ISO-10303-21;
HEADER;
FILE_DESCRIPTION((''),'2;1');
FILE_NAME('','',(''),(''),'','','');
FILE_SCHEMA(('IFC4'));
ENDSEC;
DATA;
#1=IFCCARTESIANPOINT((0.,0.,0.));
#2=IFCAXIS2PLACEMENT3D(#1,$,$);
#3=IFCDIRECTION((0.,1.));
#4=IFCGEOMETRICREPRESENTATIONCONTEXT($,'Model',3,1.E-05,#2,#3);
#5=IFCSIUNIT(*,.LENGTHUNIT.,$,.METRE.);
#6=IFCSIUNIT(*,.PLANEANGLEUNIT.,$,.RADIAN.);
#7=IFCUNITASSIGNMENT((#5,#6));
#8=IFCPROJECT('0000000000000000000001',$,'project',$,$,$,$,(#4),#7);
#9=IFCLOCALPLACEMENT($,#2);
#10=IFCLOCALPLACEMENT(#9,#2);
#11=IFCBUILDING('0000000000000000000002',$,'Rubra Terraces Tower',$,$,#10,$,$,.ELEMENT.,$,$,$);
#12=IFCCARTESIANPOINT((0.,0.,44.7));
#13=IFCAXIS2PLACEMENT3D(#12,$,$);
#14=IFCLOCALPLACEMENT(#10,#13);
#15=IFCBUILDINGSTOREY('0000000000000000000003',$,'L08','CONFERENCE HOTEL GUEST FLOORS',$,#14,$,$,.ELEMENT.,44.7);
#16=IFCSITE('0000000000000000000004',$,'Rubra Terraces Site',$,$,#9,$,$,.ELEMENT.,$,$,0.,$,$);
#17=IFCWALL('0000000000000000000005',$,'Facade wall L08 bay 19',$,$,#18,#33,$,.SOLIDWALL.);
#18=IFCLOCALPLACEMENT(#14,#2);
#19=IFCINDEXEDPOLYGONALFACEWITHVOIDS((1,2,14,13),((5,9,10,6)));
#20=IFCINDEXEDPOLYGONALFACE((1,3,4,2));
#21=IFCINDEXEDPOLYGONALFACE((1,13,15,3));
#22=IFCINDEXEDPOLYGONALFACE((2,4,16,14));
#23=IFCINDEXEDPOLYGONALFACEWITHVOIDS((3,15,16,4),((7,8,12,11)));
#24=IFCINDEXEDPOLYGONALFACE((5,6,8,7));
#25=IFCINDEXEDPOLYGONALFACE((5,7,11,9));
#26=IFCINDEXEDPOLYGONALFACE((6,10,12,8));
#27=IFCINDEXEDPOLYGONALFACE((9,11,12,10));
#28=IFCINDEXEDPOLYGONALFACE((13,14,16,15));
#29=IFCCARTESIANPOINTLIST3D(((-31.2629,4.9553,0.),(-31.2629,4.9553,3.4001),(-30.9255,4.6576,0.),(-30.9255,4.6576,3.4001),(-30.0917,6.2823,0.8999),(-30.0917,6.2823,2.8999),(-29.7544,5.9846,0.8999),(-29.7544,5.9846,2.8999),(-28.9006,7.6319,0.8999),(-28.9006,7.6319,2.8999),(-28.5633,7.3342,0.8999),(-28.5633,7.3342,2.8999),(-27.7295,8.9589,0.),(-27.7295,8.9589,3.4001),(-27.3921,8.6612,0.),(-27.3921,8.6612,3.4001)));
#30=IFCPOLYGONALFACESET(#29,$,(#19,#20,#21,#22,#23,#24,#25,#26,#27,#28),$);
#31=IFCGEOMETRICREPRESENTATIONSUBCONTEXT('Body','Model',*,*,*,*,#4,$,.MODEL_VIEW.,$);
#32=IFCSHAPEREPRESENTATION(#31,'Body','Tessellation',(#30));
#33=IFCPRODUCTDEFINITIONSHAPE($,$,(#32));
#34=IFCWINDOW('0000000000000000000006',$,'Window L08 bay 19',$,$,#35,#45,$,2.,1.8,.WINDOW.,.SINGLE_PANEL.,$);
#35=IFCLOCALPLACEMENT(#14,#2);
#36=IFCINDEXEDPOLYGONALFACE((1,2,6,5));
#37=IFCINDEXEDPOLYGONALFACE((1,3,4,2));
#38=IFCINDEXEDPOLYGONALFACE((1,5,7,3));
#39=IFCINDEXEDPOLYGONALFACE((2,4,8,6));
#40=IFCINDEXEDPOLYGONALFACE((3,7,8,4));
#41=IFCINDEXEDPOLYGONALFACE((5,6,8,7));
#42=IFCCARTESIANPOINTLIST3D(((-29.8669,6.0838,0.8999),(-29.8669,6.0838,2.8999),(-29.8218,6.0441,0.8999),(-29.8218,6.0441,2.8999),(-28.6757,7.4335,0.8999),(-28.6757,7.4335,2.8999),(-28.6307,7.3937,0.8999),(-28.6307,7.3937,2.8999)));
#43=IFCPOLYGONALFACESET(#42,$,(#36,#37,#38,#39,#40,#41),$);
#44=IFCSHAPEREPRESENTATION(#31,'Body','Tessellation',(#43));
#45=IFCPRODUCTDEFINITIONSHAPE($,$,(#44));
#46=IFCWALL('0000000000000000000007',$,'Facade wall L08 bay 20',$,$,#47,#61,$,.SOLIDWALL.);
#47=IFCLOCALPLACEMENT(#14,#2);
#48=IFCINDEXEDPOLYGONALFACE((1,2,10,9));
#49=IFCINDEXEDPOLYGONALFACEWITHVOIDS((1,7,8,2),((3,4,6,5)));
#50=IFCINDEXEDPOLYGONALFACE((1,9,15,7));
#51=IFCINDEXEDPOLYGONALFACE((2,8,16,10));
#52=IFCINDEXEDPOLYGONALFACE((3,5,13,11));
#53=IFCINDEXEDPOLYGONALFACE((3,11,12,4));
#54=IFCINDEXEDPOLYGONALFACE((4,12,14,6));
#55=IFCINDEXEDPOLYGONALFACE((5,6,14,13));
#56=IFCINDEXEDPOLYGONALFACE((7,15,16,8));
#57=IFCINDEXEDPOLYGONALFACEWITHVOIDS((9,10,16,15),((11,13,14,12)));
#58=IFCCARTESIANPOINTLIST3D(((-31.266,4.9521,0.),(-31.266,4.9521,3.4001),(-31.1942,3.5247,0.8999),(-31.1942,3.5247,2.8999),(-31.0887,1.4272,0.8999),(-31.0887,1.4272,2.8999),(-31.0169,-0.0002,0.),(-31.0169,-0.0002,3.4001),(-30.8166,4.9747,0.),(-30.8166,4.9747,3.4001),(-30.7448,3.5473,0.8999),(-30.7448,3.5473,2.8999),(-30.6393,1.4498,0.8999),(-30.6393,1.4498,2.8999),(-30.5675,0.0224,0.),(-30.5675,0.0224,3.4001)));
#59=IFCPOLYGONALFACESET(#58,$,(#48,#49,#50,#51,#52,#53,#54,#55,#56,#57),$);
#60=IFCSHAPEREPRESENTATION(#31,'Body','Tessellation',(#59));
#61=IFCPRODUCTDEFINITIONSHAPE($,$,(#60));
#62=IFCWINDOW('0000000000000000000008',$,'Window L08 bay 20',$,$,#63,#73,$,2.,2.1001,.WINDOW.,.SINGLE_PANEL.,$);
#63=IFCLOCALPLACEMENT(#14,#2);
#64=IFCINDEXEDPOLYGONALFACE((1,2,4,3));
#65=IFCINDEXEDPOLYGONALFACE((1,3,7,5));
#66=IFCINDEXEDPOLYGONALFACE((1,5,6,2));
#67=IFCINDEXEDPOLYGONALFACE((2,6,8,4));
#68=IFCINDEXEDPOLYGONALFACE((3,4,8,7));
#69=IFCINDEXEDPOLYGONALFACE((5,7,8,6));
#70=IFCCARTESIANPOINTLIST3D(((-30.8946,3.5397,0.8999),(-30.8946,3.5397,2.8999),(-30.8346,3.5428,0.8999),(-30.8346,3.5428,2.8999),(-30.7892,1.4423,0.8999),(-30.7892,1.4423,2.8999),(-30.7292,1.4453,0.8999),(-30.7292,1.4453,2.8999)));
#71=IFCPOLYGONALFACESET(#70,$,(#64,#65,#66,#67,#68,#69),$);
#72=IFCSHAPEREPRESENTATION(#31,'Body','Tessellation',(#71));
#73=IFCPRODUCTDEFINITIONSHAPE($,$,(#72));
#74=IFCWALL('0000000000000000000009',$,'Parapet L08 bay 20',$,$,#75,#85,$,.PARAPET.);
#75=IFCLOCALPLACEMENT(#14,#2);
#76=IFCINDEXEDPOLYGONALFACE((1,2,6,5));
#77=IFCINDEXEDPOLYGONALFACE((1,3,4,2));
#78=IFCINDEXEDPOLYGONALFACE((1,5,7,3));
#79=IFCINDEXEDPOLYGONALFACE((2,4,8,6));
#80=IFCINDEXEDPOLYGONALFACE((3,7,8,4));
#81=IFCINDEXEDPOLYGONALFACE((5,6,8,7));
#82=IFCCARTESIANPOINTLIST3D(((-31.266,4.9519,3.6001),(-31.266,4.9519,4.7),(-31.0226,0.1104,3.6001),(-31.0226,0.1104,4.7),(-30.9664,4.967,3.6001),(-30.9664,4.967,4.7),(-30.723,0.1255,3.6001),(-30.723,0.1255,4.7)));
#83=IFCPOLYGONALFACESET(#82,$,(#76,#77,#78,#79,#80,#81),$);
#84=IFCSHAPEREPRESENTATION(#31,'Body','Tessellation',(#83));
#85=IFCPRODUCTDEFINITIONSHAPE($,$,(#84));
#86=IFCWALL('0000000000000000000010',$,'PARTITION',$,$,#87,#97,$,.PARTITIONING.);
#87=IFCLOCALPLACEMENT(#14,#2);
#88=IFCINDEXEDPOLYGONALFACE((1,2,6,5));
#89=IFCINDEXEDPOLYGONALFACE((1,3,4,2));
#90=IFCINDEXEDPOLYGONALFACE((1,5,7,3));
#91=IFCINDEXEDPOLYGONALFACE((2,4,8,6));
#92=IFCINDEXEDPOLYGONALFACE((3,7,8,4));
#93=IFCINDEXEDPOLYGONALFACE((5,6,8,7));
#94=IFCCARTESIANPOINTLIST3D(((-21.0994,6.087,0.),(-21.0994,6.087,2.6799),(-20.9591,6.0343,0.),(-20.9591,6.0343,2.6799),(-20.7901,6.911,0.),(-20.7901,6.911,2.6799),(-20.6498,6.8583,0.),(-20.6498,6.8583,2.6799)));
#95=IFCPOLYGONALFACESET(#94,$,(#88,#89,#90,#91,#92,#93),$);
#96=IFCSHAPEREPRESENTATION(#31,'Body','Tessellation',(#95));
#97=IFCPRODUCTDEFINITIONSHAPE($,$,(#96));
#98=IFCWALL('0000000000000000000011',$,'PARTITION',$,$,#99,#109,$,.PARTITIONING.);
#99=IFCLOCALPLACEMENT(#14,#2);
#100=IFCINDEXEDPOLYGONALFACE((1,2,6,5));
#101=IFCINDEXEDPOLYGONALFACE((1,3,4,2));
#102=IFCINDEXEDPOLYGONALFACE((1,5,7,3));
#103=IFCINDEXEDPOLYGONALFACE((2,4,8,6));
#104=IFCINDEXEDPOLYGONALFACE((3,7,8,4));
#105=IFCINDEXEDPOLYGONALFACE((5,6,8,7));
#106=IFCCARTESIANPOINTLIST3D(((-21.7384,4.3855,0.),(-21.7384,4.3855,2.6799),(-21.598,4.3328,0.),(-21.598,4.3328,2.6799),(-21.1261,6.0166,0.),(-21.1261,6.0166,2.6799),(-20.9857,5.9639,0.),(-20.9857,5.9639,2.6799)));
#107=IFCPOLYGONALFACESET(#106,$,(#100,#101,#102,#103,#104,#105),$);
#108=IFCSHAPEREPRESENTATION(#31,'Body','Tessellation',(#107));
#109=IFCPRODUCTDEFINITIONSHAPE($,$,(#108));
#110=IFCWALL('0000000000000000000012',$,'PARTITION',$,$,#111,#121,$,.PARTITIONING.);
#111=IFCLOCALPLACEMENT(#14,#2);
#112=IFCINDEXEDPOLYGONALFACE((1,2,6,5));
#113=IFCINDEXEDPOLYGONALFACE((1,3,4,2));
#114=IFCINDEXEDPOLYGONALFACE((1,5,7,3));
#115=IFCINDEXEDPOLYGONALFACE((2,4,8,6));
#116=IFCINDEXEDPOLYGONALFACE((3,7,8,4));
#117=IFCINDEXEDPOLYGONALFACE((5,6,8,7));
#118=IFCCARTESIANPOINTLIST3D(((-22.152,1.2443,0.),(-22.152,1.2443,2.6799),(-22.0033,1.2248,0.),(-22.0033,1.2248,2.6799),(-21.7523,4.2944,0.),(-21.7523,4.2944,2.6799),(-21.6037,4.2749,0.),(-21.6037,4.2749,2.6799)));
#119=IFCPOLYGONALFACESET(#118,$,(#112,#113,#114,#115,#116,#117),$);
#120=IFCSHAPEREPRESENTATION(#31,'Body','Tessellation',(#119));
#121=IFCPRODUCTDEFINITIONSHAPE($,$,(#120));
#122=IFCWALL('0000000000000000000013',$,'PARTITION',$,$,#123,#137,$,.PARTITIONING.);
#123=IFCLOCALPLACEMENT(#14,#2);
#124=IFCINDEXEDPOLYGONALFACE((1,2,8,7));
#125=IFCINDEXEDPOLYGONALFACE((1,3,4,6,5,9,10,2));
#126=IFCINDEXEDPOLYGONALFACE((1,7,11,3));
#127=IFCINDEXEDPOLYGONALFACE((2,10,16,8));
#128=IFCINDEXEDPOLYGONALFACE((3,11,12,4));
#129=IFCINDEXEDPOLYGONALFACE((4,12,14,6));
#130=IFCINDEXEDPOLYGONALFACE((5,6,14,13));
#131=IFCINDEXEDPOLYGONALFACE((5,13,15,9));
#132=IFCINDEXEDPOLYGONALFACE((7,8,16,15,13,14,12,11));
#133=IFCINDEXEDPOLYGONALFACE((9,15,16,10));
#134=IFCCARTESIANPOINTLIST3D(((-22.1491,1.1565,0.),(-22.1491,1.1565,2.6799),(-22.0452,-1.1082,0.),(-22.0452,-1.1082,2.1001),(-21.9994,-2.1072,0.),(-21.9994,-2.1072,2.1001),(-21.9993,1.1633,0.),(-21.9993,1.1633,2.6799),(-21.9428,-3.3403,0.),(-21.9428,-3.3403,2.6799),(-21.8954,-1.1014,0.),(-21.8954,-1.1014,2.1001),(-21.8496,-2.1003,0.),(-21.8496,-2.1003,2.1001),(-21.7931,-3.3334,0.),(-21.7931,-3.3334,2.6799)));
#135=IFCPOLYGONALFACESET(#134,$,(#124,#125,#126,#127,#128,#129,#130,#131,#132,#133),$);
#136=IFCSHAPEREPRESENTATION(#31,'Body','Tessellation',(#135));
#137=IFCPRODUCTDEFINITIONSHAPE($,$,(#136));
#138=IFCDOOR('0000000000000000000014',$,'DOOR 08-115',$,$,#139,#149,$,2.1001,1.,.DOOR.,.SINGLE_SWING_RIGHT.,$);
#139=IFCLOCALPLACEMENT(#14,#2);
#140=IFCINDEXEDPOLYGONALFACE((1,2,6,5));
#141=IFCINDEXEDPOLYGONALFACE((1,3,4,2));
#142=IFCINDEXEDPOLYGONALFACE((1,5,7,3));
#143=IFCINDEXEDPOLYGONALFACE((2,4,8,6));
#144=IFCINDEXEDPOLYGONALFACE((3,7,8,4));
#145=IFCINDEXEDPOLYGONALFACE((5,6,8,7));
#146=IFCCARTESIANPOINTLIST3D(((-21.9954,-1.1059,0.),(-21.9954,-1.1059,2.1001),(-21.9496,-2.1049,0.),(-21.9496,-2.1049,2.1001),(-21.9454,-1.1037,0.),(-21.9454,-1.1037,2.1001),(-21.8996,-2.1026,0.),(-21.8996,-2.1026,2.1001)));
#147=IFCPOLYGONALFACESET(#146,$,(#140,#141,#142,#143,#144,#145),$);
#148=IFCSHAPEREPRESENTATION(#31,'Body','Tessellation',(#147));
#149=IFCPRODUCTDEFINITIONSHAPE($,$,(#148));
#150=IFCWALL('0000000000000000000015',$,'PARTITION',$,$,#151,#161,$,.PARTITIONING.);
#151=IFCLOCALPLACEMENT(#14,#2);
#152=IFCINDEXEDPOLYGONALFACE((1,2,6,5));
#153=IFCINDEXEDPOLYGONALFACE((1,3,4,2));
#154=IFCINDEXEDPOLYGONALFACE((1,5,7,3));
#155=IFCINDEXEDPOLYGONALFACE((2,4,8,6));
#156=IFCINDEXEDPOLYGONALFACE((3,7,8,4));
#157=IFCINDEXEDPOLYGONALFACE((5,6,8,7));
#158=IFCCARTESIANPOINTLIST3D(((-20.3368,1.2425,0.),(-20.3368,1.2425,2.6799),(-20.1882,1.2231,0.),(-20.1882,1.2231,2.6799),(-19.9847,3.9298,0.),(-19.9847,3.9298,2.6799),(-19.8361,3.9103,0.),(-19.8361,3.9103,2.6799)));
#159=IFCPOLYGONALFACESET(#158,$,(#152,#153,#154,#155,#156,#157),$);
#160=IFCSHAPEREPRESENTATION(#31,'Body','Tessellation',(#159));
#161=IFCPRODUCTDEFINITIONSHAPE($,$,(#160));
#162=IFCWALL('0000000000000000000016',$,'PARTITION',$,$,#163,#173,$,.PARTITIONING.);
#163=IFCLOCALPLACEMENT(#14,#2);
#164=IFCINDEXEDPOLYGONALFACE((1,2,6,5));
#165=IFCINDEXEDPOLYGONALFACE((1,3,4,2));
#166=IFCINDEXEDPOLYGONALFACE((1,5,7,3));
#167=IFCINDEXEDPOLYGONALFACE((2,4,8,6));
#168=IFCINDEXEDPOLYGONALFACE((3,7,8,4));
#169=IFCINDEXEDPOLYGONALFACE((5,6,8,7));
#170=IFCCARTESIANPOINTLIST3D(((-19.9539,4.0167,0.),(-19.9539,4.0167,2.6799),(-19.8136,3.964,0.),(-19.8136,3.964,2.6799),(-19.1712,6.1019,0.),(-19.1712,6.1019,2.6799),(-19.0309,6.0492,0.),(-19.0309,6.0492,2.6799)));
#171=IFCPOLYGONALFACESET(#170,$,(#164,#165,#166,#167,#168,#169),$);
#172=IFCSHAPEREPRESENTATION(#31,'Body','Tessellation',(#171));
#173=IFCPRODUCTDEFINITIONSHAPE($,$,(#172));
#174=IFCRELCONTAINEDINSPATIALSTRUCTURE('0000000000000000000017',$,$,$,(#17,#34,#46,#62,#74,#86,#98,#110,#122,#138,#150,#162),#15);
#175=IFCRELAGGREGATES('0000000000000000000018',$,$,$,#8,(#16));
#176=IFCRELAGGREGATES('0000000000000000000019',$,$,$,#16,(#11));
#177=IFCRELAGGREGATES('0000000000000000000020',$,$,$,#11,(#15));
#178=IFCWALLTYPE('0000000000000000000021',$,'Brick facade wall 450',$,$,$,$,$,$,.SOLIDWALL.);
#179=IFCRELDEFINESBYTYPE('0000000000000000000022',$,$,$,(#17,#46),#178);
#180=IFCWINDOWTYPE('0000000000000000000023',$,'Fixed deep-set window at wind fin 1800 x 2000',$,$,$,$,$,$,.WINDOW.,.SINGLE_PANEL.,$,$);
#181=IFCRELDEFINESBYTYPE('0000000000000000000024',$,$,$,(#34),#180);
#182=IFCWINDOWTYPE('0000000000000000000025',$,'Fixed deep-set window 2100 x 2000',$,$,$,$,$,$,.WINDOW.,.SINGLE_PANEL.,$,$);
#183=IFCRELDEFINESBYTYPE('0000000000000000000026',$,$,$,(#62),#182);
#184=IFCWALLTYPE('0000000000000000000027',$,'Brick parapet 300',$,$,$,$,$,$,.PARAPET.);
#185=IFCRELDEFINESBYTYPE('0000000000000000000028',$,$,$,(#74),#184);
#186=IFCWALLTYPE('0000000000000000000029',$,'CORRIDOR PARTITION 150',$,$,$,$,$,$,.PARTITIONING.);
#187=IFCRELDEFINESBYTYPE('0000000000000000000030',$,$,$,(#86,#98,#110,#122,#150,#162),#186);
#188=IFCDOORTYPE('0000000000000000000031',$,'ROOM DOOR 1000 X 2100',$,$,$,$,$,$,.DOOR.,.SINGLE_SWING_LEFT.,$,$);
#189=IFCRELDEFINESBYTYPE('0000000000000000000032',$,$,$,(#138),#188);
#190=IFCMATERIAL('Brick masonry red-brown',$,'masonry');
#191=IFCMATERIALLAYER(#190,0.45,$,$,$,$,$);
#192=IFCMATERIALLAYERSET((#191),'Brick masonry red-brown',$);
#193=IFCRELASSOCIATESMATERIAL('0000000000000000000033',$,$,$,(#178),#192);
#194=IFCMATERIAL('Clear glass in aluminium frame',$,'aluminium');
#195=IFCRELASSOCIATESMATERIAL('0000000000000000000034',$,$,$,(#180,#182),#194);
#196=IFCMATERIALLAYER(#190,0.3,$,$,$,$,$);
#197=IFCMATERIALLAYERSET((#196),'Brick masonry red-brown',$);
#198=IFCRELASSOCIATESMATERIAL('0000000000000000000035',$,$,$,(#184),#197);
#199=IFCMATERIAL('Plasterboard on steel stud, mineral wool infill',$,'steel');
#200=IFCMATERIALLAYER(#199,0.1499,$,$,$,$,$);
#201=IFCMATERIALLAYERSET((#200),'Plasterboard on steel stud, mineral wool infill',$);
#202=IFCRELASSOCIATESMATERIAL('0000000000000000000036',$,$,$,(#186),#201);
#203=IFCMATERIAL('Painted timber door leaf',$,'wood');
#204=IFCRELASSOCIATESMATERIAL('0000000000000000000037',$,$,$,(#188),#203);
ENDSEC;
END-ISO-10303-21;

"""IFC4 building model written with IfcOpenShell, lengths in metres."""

from ifc_helpers import new_model, si_unit, direction, frame, frame_2d, origin, place, context, subcontext, project, spatial, rectangle, extrude, material, layer, layer_set, type_object, element, fill, save


model = new_model("IFC4")

# Units and contexts
model_context = context("Model", 3, precision=1e-05, world=origin(), true_north=direction((0.0, 1.0)))
body_context = subcontext(model_context, "Body", "Model", "MODEL_VIEW")
ifc_project = project(units=[si_unit("LENGTHUNIT", "METRE"), si_unit("PLANEANGLEUNIT", "RADIAN")], contexts=[model_context])

# Site, building, storey
site_placement = place(None, origin())
site = spatial("IfcSite", under=ifc_project, at=site_placement, Name="Rubra Terraces Site", CompositionType="ELEMENT", RefElevation=0.0)
building_placement = place(site_placement, origin())
building = spatial("IfcBuilding", under=site, at=building_placement, Name="Rubra Terraces Tower", CompositionType="ELEMENT")
storey_placement = place(building_placement, frame((0.0, 0.0, 44.7)))
storey = spatial("IfcBuildingStorey", under=building, at=storey_placement, Name="L08", Description="CONFERENCE HOTEL GUEST FLOORS", CompositionType="ELEMENT", Elevation=44.7)

# Walls, openings, windows
ifc_material_1 = material(Name="Brick masonry red-brown", Category="masonry")
ifc_layer_1 = layer(ifc_material_1, 0.45)
ifc_layer_set_1 = layer_set([ifc_layer_1], Name="Brick masonry red-brown")
wall_type_1 = type_object("IfcWallType", Name="Brick facade wall 450", PredefinedType="SOLIDWALL", material=ifc_layer_set_1)
wall_1_placement = place(storey_placement, frame((-27.5608, 8.8101, 0.0), z_axis=(0.0, 0.0, 1.0), x_axis=(-0.661706, -0.749763, 0.0)))
wall_1 = element("IfcWall", 1, at=wall_1_placement, inside=storey, type_object=wall_type_1, Name="Facade wall L08 bay 19", PredefinedType="SOLIDWALL", context=body_context, shape_type="SweptSolid", body=[
    extrude(rectangle(XDim=5.3398, YDim=0.45, at=frame_2d((2.6699, 0.0))), origin(), (0.0, 0.0, 1.0), 3.4001),
])
opening_1_placement = place(wall_1_placement, frame((1.77, 0.0, 0.8999)))
opening_1 = element("IfcOpeningElement", 2, at=opening_1_placement, cuts=wall_1, PredefinedType="OPENING", context=body_context, shape_type="SweptSolid", body=[
    extrude(rectangle(XDim=1.8, YDim=2.0, at=frame_2d((0.8999, 1.0))), frame((0.0, 0.2349, 0.0), z_axis=(0.0, -1.0, 0.0), x_axis=(1.0, 0.0, 0.0)), (0.0, 0.0, 1.0), 0.47),
])
ifc_material_2 = material(Name="Clear glass in aluminium frame", Category="aluminium")
window_type_1 = type_object("IfcWindowType", Name="Fixed deep-set window at wind fin 1800 x 2000", PartitioningType="SINGLE_PANEL", PredefinedType="WINDOW", material=ifc_material_2)
window_1_placement = place(opening_1_placement, origin())
window_1 = element("IfcWindow", 3, at=window_1_placement, inside=storey, type_object=window_type_1, Name="Window L08 bay 19", OverallHeight=2.0, OverallWidth=1.8, PartitioningType="SINGLE_PANEL", PredefinedType="WINDOW", context=body_context, shape_type="SweptSolid", body=[
    extrude(rectangle(XDim=1.8, YDim=2.0, at=frame_2d((0.8999, 1.0))), frame((0.0, 0.135, 0.0), z_axis=(0.0, -1.0, 0.0), x_axis=(1.0, 0.0, 0.0)), (0.0, 0.0, 1.0), 0.0601),
])
fill(opening_1, window_1)
wall_2_placement = place(storey_placement, frame((-31.0413, 4.9634, 0.0), z_axis=(0.0, 0.0, 1.0), x_axis=(0.050222, -0.998738, 0.0)))
wall_2 = element("IfcWall", 4, at=wall_2_placement, inside=storey, type_object=wall_type_1, Name="Facade wall L08 bay 20", PredefinedType="SOLIDWALL", context=body_context, shape_type="SweptSolid", body=[
    extrude(rectangle(XDim=4.9585, YDim=0.45, at=frame_2d((2.4792, 0.0))), origin(), (0.0, 0.0, 1.0), 3.4001),
])
opening_2_placement = place(wall_2_placement, frame((1.4292, 0.0, 0.8999)))
opening_2 = element("IfcOpeningElement", 5, at=opening_2_placement, cuts=wall_2, PredefinedType="OPENING", context=body_context, shape_type="SweptSolid", body=[
    extrude(rectangle(XDim=2.1001, YDim=2.0, at=frame_2d((1.05, 1.0))), frame((0.0, 0.2349, 0.0), z_axis=(0.0, -1.0, 0.0), x_axis=(1.0, 0.0, 0.0)), (0.0, 0.0, 1.0), 0.47),
])
window_type_2 = type_object("IfcWindowType", Name="Fixed deep-set window 2100 x 2000", PartitioningType="SINGLE_PANEL", PredefinedType="WINDOW", material=ifc_material_2)
window_2_placement = place(opening_2_placement, origin())
window_2 = element("IfcWindow", 6, at=window_2_placement, inside=storey, type_object=window_type_2, Name="Window L08 bay 20", OverallHeight=2.0, OverallWidth=2.1001, PartitioningType="SINGLE_PANEL", PredefinedType="WINDOW", context=body_context, shape_type="SweptSolid", body=[
    extrude(rectangle(XDim=2.1001, YDim=2.0, at=frame_2d((1.05, 1.0))), frame((0.0, 0.135, 0.0), z_axis=(0.0, -1.0, 0.0), x_axis=(1.0, 0.0, 0.0)), (0.0, 0.0, 1.0), 0.0601),
])
fill(opening_2, window_2)

# Walls
ifc_layer_2 = layer(ifc_material_1, 0.3)
ifc_layer_set_2 = layer_set([ifc_layer_2], Name="Brick masonry red-brown")
wall_type_2 = type_object("IfcWallType", Name="Brick parapet 300", PredefinedType="PARAPET", material=ifc_layer_set_2)
wall_3_placement = place(storey_placement, frame((-31.1162, 4.9595, 3.6001), z_axis=(0.0, 0.0, 1.0), x_axis=(0.050211, -0.998739, 0.0)))
element("IfcWall", 7, at=wall_3_placement, inside=storey, type_object=wall_type_2, Name="Parapet L08 bay 20", PredefinedType="PARAPET", context=body_context, shape_type="SweptSolid", body=[
    extrude(rectangle(XDim=4.8477, YDim=0.3, at=frame_2d((2.4238, 0.0))), origin(), (0.0, 0.0, 1.0), 1.0999),
])
ifc_material_3 = material(Name="Plasterboard on steel stud, mineral wool infill", Category="steel")
ifc_layer_3 = layer(ifc_material_3, 0.1499)
ifc_layer_set_3 = layer_set([ifc_layer_3], Name="Plasterboard on steel stud, mineral wool infill")
wall_type_3 = type_object("IfcWallType", Name="CORRIDOR PARTITION 150", PredefinedType="PARTITIONING", material=ifc_layer_set_3)
wall_4_placement = place(storey_placement, frame((-20.72, 6.8845, 0.0), z_axis=(0.0, 0.0, 1.0), x_axis=(-0.351458, -0.936204, 0.0)))
element("IfcWall", 8, at=wall_4_placement, inside=storey, type_object=wall_type_3, Name="PARTITION", PredefinedType="PARTITIONING", context=body_context, shape_type="SweptSolid", body=[
    extrude(rectangle(XDim=0.8801, YDim=0.1499, at=frame_2d((0.4399, 0.0))), origin(), (0.0, 0.0, 1.0), 2.6799),
])
wall_5_placement = place(storey_placement, frame((-21.0559, 5.9902, 0.0), z_axis=(0.0, 0.0, 1.0), x_axis=(-0.351446, -0.936208, 0.0)))
element("IfcWall", 9, at=wall_5_placement, inside=storey, type_object=wall_type_3, Name="PARTITION", PredefinedType="PARTITIONING", context=body_context, shape_type="SweptSolid", body=[
    extrude(rectangle(XDim=1.7422, YDim=0.1499, at=frame_2d((0.8711, 0.0))), origin(), (0.0, 0.0, 1.0), 2.6799),
])
wall_6_placement = place(storey_placement, frame((-21.678, 4.2847, 0.0), z_axis=(0.0, 0.0, 1.0), x_axis=(-0.129923, -0.991524, 0.0)))
element("IfcWall", 10, at=wall_6_placement, inside=storey, type_object=wall_type_3, Name="PARTITION", PredefinedType="PARTITIONING", context=body_context, shape_type="SweptSolid", body=[
    extrude(rectangle(XDim=3.0762, YDim=0.1499, at=frame_2d((1.5381, 0.0))), origin(), (0.0, 0.0, 1.0), 2.6799),
])

# Wall, opening, door
wall_7_placement = place(storey_placement, frame((-22.0742, 1.1599, 0.0), z_axis=(0.0, 0.0, 1.0), x_axis=(0.045828, -0.998949, 0.0)))
wall_7 = element("IfcWall", 11, at=wall_7_placement, inside=storey, type_object=wall_type_3, Name="PARTITION", PredefinedType="PARTITIONING", context=body_context, shape_type="SweptSolid", body=[
    extrude(rectangle(XDim=4.5015, YDim=0.1499, at=frame_2d((2.2507, 0.0))), origin(), (0.0, 0.0, 1.0), 2.6799),
])
opening_3_placement = place(wall_7_placement, frame((2.2671, 0.0, 0.0)))
opening_3 = element("IfcOpeningElement", 12, at=opening_3_placement, cuts=wall_7, PredefinedType="OPENING", context=body_context, shape_type="SweptSolid", body=[
    extrude(rectangle(XDim=1.0, YDim=2.1001, at=frame_2d((0.5, 1.05))), frame((0.0, 0.085, 0.0), z_axis=(0.0, -1.0, 0.0), x_axis=(1.0, 0.0, 0.0)), (0.0, 0.0, 1.0), 0.1699),
])
ifc_material_4 = material(Name="Painted timber door leaf", Category="wood")
door_type_1 = type_object("IfcDoorType", Name="ROOM DOOR 1000 X 2100", OperationType="SINGLE_SWING_LEFT", PredefinedType="DOOR", material=ifc_material_4)
door_1_placement = place(opening_3_placement, origin())
door_1 = element("IfcDoor", 13, at=door_1_placement, inside=storey, type_object=door_type_1, Name="DOOR 08-115", OperationType="SINGLE_SWING_RIGHT", OverallHeight=2.1001, OverallWidth=1.0, PredefinedType="DOOR", context=body_context, shape_type="SweptSolid", body=[
    extrude(rectangle(XDim=1.0, YDim=2.1001, at=frame_2d((0.5, 1.05))), frame((0.0, 0.0249, 0.0), z_axis=(0.0, -1.0, 0.0), x_axis=(1.0, 0.0, 0.0)), (0.0, 0.0, 1.0), 0.05),
])
fill(opening_3, door_1)

# Walls
wall_8_placement = place(storey_placement, frame((-20.2625, 1.2329, 0.0), z_axis=(0.0, 0.0, 1.0), x_axis=(0.129898, 0.991527, 0.0)))
element("IfcWall", 14, at=wall_8_placement, inside=storey, type_object=wall_type_3, Name="PARTITION", PredefinedType="PARTITIONING", context=body_context, shape_type="SweptSolid", body=[
    extrude(rectangle(XDim=2.7102, YDim=0.1499, at=frame_2d((1.355, 0.0))), origin(), (0.0, 0.0, 1.0), 2.6799),
])
wall_9_placement = place(storey_placement, frame((-19.8838, 3.9902, 0.0), z_axis=(0.0, 0.0, 1.0), x_axis=(0.351424, 0.936217, 0.0)))
element("IfcWall", 15, at=wall_9_placement, inside=storey, type_object=wall_type_3, Name="PARTITION", PredefinedType="PARTITIONING", context=body_context, shape_type="SweptSolid", body=[
    extrude(rectangle(XDim=2.2273, YDim=0.1499, at=frame_2d((1.1138, 0.0))), origin(), (0.0, 0.0, 1.0), 2.6799),
])

save(model, "model.ifc")
